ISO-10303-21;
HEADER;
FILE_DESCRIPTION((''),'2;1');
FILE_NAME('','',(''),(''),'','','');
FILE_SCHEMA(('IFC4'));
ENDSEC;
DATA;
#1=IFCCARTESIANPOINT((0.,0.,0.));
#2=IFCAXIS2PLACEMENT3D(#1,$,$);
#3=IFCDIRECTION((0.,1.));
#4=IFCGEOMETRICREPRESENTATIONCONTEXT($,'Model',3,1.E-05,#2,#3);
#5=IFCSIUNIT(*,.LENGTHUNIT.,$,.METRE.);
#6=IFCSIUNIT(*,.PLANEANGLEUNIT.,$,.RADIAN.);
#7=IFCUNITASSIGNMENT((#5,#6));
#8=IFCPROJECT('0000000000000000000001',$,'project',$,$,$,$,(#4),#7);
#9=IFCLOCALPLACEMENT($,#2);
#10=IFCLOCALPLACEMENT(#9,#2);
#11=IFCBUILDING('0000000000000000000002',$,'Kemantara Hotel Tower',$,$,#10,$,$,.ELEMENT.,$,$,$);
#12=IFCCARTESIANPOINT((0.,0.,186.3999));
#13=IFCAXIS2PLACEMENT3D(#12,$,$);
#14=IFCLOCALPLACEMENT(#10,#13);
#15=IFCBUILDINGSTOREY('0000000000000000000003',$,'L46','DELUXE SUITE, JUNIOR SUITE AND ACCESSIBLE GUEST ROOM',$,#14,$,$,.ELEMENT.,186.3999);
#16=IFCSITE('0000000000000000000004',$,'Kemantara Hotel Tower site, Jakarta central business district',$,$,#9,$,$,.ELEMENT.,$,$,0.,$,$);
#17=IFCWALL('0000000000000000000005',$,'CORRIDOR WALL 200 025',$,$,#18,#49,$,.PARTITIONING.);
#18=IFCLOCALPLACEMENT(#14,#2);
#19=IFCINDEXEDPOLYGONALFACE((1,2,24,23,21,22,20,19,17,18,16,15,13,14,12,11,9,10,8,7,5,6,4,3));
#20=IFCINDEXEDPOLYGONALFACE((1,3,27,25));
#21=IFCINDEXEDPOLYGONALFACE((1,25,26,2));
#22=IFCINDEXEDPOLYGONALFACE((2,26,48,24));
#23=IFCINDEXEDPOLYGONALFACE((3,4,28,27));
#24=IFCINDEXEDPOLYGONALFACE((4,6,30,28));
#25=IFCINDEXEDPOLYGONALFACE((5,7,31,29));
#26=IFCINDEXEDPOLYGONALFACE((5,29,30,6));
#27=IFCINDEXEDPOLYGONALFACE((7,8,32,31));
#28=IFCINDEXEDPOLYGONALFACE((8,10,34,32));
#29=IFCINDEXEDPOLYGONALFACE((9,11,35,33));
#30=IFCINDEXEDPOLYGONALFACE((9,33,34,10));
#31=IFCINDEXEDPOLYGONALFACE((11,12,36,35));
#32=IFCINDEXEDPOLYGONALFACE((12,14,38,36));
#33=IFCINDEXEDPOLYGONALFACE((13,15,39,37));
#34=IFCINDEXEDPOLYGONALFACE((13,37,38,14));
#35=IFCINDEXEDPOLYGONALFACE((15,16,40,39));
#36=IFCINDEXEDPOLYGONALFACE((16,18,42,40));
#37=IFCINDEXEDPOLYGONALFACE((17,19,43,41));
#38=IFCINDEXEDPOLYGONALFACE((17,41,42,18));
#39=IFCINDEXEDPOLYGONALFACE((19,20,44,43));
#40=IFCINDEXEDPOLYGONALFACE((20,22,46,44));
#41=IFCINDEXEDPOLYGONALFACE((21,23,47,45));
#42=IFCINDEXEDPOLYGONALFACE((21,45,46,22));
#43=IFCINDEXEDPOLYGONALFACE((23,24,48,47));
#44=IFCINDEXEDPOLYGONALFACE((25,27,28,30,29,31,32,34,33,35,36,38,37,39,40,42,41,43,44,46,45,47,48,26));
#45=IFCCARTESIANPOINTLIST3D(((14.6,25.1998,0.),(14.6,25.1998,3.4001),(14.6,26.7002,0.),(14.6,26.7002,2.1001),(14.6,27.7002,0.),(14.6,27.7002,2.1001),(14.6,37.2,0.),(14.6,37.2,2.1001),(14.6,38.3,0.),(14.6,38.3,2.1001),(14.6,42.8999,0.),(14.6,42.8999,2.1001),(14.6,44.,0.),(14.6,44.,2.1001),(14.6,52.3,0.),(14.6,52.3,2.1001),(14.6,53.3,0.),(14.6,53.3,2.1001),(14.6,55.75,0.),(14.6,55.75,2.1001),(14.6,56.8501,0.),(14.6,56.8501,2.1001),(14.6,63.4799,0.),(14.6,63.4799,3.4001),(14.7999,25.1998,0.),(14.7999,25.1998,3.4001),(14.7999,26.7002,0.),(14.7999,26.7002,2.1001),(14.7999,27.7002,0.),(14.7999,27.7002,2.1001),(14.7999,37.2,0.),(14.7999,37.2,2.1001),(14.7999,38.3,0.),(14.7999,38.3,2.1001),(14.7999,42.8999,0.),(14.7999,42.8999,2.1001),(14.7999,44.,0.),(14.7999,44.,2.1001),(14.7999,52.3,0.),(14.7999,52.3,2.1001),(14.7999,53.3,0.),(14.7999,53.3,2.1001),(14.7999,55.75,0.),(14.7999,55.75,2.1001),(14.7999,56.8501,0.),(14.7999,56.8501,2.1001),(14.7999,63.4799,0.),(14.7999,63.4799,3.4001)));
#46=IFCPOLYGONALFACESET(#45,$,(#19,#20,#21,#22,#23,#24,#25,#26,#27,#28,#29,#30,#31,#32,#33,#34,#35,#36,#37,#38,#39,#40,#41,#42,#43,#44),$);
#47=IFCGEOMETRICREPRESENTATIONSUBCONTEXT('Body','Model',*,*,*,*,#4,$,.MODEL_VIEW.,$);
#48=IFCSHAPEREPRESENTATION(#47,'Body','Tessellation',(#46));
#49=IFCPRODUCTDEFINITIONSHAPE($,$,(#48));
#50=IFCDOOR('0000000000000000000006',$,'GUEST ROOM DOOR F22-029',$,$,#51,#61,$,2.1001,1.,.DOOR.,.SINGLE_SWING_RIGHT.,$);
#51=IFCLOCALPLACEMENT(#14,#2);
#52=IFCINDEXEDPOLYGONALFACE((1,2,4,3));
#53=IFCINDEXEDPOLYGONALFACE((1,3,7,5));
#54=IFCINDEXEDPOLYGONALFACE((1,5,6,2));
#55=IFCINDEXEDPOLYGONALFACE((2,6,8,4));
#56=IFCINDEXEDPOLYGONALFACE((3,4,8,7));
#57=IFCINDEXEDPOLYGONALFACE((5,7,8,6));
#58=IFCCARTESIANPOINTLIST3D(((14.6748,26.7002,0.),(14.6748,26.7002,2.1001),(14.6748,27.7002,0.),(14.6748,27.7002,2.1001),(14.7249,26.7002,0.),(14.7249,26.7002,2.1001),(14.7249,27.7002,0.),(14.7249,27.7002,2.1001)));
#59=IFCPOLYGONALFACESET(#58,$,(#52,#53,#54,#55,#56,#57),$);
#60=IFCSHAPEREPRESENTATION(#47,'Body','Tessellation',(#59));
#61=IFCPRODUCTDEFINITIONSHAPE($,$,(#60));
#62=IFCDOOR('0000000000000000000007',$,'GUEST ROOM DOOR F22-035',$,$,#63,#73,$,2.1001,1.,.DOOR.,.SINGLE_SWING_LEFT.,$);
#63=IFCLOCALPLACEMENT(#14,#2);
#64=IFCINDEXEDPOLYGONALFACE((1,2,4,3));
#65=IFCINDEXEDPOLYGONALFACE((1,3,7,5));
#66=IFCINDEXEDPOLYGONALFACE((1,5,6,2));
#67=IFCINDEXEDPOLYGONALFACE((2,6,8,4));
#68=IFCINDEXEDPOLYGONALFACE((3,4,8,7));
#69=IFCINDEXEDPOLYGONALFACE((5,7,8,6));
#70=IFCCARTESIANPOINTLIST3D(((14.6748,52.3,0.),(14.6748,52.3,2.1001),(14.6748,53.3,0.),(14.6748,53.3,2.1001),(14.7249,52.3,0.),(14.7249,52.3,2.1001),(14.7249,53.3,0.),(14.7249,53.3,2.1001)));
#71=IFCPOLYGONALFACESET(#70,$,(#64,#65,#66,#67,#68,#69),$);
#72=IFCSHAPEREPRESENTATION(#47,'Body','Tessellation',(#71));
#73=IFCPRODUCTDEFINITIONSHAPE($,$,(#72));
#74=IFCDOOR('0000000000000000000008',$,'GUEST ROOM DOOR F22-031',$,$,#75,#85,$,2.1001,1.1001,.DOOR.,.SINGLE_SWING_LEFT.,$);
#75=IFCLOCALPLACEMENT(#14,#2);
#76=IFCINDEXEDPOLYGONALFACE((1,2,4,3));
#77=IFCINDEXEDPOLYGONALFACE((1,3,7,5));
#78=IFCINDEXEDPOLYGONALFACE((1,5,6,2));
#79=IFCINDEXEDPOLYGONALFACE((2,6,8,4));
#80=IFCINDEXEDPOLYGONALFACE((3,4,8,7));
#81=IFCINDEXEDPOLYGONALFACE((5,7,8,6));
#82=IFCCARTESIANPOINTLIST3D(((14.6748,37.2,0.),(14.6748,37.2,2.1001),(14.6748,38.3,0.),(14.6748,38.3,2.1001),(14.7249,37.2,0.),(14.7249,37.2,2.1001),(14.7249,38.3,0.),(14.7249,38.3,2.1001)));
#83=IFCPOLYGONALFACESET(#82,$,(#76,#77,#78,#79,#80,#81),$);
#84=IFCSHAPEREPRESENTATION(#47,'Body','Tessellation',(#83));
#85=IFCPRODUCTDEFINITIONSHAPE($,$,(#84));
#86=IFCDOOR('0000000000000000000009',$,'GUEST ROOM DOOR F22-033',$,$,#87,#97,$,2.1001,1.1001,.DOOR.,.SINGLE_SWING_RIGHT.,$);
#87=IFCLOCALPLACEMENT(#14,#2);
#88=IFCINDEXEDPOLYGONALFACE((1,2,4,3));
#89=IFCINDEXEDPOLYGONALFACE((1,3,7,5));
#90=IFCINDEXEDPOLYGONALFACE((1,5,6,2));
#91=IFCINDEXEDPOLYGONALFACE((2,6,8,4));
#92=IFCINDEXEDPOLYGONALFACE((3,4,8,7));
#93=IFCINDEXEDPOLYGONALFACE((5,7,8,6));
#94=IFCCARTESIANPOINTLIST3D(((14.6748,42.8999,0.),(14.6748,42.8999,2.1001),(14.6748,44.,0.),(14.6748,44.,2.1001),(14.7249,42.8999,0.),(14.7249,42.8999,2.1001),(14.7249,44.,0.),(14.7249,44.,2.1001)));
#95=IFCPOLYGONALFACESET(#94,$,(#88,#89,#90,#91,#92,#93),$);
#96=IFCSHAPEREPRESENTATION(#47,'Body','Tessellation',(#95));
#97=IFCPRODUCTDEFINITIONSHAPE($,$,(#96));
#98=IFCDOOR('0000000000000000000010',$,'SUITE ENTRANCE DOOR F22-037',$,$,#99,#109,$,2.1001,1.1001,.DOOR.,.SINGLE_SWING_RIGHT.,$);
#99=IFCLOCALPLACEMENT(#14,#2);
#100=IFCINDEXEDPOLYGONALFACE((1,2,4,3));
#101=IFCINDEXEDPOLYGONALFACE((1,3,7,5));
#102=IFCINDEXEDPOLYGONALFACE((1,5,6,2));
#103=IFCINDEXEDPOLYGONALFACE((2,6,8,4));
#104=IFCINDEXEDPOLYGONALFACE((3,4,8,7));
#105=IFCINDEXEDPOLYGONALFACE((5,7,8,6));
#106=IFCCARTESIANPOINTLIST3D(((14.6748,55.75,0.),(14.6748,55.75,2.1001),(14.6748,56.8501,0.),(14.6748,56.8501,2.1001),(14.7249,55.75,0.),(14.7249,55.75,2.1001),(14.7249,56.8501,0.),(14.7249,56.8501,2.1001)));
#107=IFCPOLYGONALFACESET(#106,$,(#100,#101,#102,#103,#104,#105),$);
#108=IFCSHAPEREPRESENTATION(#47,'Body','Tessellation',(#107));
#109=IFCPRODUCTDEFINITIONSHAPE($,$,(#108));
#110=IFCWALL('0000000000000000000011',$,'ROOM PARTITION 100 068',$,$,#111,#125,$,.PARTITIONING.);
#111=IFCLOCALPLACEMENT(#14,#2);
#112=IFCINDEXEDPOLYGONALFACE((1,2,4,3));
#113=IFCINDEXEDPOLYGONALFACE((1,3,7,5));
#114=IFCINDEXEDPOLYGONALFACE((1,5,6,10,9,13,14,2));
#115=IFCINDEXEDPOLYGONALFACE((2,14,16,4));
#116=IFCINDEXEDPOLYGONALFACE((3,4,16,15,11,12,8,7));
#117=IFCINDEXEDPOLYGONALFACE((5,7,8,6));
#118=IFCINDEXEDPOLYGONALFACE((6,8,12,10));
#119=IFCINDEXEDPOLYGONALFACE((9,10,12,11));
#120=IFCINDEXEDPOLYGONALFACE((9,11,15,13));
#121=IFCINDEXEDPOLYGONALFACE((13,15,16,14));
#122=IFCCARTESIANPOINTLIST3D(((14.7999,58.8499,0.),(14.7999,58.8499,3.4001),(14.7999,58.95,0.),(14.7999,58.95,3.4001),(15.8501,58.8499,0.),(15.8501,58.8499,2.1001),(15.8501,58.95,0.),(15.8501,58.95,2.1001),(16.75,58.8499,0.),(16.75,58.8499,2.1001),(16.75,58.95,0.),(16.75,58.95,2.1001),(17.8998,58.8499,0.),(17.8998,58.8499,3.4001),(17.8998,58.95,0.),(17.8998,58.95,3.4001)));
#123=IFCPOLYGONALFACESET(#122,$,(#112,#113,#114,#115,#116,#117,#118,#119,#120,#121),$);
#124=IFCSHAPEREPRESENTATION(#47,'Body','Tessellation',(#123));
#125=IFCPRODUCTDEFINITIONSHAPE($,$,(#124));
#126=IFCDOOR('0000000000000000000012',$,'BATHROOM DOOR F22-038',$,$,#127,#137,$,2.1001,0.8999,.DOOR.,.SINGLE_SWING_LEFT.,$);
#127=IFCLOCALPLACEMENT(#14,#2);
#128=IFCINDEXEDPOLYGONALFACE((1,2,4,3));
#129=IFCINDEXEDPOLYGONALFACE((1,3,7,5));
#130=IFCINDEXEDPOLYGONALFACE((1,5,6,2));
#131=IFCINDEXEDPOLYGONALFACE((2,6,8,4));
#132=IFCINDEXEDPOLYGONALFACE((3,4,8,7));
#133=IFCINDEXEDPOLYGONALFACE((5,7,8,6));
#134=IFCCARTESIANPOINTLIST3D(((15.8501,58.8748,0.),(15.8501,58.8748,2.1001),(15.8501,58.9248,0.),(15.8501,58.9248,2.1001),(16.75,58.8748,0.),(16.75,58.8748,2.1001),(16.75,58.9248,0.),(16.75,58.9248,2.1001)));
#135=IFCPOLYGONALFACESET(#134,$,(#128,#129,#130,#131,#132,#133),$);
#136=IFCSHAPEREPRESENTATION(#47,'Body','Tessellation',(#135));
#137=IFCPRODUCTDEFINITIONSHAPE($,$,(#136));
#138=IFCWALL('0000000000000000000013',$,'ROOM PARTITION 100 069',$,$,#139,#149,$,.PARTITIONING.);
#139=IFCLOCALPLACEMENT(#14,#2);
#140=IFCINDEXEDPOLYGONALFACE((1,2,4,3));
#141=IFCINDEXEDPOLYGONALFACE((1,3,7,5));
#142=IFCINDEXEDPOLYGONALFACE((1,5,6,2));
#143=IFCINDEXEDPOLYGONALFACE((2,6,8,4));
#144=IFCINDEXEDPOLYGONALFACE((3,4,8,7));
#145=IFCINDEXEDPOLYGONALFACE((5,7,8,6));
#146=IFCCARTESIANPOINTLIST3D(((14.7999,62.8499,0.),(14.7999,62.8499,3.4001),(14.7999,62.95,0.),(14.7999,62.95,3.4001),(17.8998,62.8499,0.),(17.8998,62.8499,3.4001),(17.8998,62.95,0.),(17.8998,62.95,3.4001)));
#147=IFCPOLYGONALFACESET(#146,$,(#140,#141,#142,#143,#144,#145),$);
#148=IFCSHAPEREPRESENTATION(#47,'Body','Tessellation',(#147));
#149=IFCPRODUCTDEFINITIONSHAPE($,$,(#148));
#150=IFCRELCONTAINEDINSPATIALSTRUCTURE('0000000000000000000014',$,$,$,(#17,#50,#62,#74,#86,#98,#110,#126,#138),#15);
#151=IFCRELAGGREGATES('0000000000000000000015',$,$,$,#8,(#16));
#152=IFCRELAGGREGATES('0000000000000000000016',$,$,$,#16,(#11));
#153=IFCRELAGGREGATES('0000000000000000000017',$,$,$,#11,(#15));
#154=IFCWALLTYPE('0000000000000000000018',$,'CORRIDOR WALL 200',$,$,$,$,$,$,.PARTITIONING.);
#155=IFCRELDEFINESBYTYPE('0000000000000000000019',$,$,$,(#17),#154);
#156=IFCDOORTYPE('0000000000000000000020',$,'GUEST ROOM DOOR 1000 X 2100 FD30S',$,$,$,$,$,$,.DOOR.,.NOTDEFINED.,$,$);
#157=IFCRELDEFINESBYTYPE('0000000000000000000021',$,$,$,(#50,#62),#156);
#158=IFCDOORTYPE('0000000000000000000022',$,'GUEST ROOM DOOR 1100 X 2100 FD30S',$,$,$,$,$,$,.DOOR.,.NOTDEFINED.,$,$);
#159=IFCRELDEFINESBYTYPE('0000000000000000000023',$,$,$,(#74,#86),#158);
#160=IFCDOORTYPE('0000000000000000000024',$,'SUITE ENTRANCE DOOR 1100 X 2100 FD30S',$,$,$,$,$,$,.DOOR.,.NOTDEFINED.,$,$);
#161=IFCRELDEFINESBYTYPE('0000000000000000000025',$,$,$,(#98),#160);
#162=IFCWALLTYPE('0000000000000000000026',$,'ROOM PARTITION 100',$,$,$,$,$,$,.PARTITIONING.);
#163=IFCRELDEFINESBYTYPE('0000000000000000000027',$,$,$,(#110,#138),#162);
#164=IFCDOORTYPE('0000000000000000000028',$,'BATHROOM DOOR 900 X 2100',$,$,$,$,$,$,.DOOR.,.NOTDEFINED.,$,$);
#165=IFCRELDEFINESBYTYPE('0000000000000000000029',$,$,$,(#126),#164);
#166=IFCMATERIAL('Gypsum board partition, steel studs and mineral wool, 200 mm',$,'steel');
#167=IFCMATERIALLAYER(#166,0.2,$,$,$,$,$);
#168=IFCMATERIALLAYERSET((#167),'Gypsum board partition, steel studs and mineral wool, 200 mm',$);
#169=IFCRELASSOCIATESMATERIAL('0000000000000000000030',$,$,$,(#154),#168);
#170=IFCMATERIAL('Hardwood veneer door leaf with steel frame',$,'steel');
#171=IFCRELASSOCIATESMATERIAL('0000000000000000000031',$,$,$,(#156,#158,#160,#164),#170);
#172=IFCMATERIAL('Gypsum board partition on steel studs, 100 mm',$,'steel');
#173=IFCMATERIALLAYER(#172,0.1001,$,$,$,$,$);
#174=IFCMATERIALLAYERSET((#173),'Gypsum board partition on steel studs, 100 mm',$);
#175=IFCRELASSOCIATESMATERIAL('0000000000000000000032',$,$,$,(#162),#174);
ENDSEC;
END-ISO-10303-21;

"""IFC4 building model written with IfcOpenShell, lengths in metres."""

from ifc_helpers import new_model, si_unit, direction, frame, frame_2d, origin, place, context, subcontext, project, spatial, rectangle, extrude, material, layer, layer_set, type_object, element, fill, save


model = new_model("IFC4")

# Units and contexts
model_context = context("Model", 3, precision=1e-05, world=origin(), true_north=direction((0.0, 1.0)))
body_context = subcontext(model_context, "Body", "Model", "MODEL_VIEW")
ifc_project = project(units=[si_unit("LENGTHUNIT", "METRE"), si_unit("PLANEANGLEUNIT", "RADIAN")], contexts=[model_context])

# Site, building, storey
site_placement = place(None, origin())
site = spatial("IfcSite", under=ifc_project, at=site_placement, Name="Kemantara Hotel Tower site, Jakarta central business district", CompositionType="ELEMENT", RefElevation=0.0)
building_placement = place(site_placement, origin())
building = spatial("IfcBuilding", under=site, at=building_placement, Name="Kemantara Hotel Tower", CompositionType="ELEMENT")
storey_placement = place(building_placement, frame((0.0, 0.0, 186.3999)))
storey = spatial("IfcBuildingStorey", under=building, at=storey_placement, Name="L46", Description="DELUXE SUITE, JUNIOR SUITE AND ACCESSIBLE GUEST ROOM", CompositionType="ELEMENT", Elevation=186.3999)

# Wall, openings, doors
ifc_material_1 = material(Name="Gypsum board partition, steel studs and mineral wool, 200 mm", Category="steel")
ifc_layer_1 = layer(ifc_material_1, 0.2)
ifc_layer_set_1 = layer_set([ifc_layer_1], Name="Gypsum board partition, steel studs and mineral wool, 200 mm")
wall_type_1 = type_object("IfcWallType", Name="CORRIDOR WALL 200", PredefinedType="PARTITIONING", material=ifc_layer_set_1)
wall_1_placement = place(storey_placement, frame((14.7, 63.48, 0.0), z_axis=(0.0, 0.0, 1.0), x_axis=(0.0, -1.0, 0.0)))
wall_1 = element("IfcWall", 1, at=wall_1_placement, inside=storey, type_object=wall_type_1, Name="CORRIDOR WALL 200 025", PredefinedType="PARTITIONING", context=body_context, shape_type="SweptSolid", body=[
    extrude(rectangle(XDim=38.28, YDim=0.2, at=frame_2d((19.1401, 0.0))), origin(), (0.0, 0.0, 1.0), 3.4001),
])
opening_1_placement = place(wall_1_placement, frame((35.7798, 0.0, 0.0)))
opening_1 = element("IfcOpeningElement", 2, at=opening_1_placement, cuts=wall_1, PredefinedType="OPENING", context=body_context, shape_type="SweptSolid", body=[
    extrude(rectangle(XDim=1.0, YDim=2.1001, at=frame_2d((0.5, 1.05))), frame((0.0, 0.1099, 0.0), z_axis=(0.0, -1.0, 0.0), x_axis=(1.0, 0.0, 0.0)), (0.0, 0.0, 1.0), 0.22),
])
opening_2_placement = place(wall_1_placement, frame((25.1799, 0.0, 0.0)))
opening_2 = element("IfcOpeningElement", 3, at=opening_2_placement, cuts=wall_1, PredefinedType="OPENING", context=body_context, shape_type="SweptSolid", body=[
    extrude(rectangle(XDim=1.1001, YDim=2.1001, at=frame_2d((0.55, 1.05))), frame((0.0, 0.1099, 0.0), z_axis=(0.0, -1.0, 0.0), x_axis=(1.0, 0.0, 0.0)), (0.0, 0.0, 1.0), 0.22),
])
opening_3_placement = place(wall_1_placement, frame((19.48, 0.0, 0.0)))
opening_3 = element("IfcOpeningElement", 4, at=opening_3_placement, cuts=wall_1, PredefinedType="OPENING", context=body_context, shape_type="SweptSolid", body=[
    extrude(rectangle(XDim=1.1001, YDim=2.1001, at=frame_2d((0.55, 1.05))), frame((0.0, 0.1099, 0.0), z_axis=(0.0, -1.0, 0.0), x_axis=(1.0, 0.0, 0.0)), (0.0, 0.0, 1.0), 0.22),
])
opening_4_placement = place(wall_1_placement, frame((10.1799, 0.0, 0.0)))
opening_4 = element("IfcOpeningElement", 5, at=opening_4_placement, cuts=wall_1, PredefinedType="OPENING", context=body_context, shape_type="SweptSolid", body=[
    extrude(rectangle(XDim=1.0, YDim=2.1001, at=frame_2d((0.5, 1.05))), frame((0.0, 0.1099, 0.0), z_axis=(0.0, -1.0, 0.0), x_axis=(1.0, 0.0, 0.0)), (0.0, 0.0, 1.0), 0.22),
])
opening_5_placement = place(wall_1_placement, frame((6.6299, 0.0, 0.0)))
opening_5 = element("IfcOpeningElement", 6, at=opening_5_placement, cuts=wall_1, PredefinedType="OPENING", context=body_context, shape_type="SweptSolid", body=[
    extrude(rectangle(XDim=1.1001, YDim=2.1001, at=frame_2d((0.55, 1.05))), frame((0.0, 0.1099, 0.0), z_axis=(0.0, -1.0, 0.0), x_axis=(1.0, 0.0, 0.0)), (0.0, 0.0, 1.0), 0.22),
])
ifc_material_2 = material(Name="Hardwood veneer door leaf with steel frame", Category="steel")
door_type_1 = type_object("IfcDoorType", Name="GUEST ROOM DOOR 1000 X 2100 FD30S", OperationType="NOTDEFINED", PredefinedType="DOOR", material=ifc_material_2)
door_1_placement = place(opening_1_placement, origin())
door_1 = element("IfcDoor", 7, at=door_1_placement, inside=storey, type_object=door_type_1, Name="GUEST ROOM DOOR F22-029", OperationType="SINGLE_SWING_RIGHT", OverallHeight=2.1001, OverallWidth=1.0, PredefinedType="DOOR", context=body_context, shape_type="SweptSolid", body=[
    extrude(rectangle(XDim=1.0, YDim=2.1001, at=frame_2d((0.5, 1.05))), frame((0.0, 0.0249, 0.0), z_axis=(0.0, -1.0, 0.0), x_axis=(1.0, 0.0, 0.0)), (0.0, 0.0, 1.0), 0.05),
])
fill(opening_1, door_1)
door_2_placement = place(opening_4_placement, origin())
door_2 = element("IfcDoor", 8, at=door_2_placement, inside=storey, type_object=door_type_1, Name="GUEST ROOM DOOR F22-035", OperationType="SINGLE_SWING_LEFT", OverallHeight=2.1001, OverallWidth=1.0, PredefinedType="DOOR", context=body_context, shape_type="SweptSolid", body=[
    extrude(rectangle(XDim=1.0, YDim=2.1001, at=frame_2d((0.5, 1.05))), frame((0.0, 0.0249, 0.0), z_axis=(0.0, -1.0, 0.0), x_axis=(1.0, 0.0, 0.0)), (0.0, 0.0, 1.0), 0.05),
])
fill(opening_4, door_2)
door_type_2 = type_object("IfcDoorType", Name="GUEST ROOM DOOR 1100 X 2100 FD30S", OperationType="NOTDEFINED", PredefinedType="DOOR", material=ifc_material_2)
door_3_placement = place(opening_2_placement, origin())
door_3 = element("IfcDoor", 9, at=door_3_placement, inside=storey, type_object=door_type_2, Name="GUEST ROOM DOOR F22-031", OperationType="SINGLE_SWING_LEFT", OverallHeight=2.1001, OverallWidth=1.1001, PredefinedType="DOOR", context=body_context, shape_type="SweptSolid", body=[
    extrude(rectangle(XDim=1.1001, YDim=2.1001, at=frame_2d((0.55, 1.05))), frame((0.0, 0.0249, 0.0), z_axis=(0.0, -1.0, 0.0), x_axis=(1.0, 0.0, 0.0)), (0.0, 0.0, 1.0), 0.05),
])
fill(opening_2, door_3)
door_4_placement = place(opening_3_placement, origin())
door_4 = element("IfcDoor", 10, at=door_4_placement, inside=storey, type_object=door_type_2, Name="GUEST ROOM DOOR F22-033", OperationType="SINGLE_SWING_RIGHT", OverallHeight=2.1001, OverallWidth=1.1001, PredefinedType="DOOR", context=body_context, shape_type="SweptSolid", body=[
    extrude(rectangle(XDim=1.1001, YDim=2.1001, at=frame_2d((0.55, 1.05))), frame((0.0, 0.0249, 0.0), z_axis=(0.0, -1.0, 0.0), x_axis=(1.0, 0.0, 0.0)), (0.0, 0.0, 1.0), 0.05),
])
fill(opening_3, door_4)
door_type_3 = type_object("IfcDoorType", Name="SUITE ENTRANCE DOOR 1100 X 2100 FD30S", OperationType="NOTDEFINED", PredefinedType="DOOR", material=ifc_material_2)
door_5_placement = place(opening_5_placement, origin())
door_5 = element("IfcDoor", 11, at=door_5_placement, inside=storey, type_object=door_type_3, Name="SUITE ENTRANCE DOOR F22-037", OperationType="SINGLE_SWING_RIGHT", OverallHeight=2.1001, OverallWidth=1.1001, PredefinedType="DOOR", context=body_context, shape_type="SweptSolid", body=[
    extrude(rectangle(XDim=1.1001, YDim=2.1001, at=frame_2d((0.55, 1.05))), frame((0.0, 0.0249, 0.0), z_axis=(0.0, -1.0, 0.0), x_axis=(1.0, 0.0, 0.0)), (0.0, 0.0, 1.0), 0.05),
])
fill(opening_5, door_5)

# Wall, opening, door
ifc_material_3 = material(Name="Gypsum board partition on steel studs, 100 mm", Category="steel")
ifc_layer_2 = layer(ifc_material_3, 0.1001)
ifc_layer_set_2 = layer_set([ifc_layer_2], Name="Gypsum board partition on steel studs, 100 mm")
wall_type_2 = type_object("IfcWallType", Name="ROOM PARTITION 100", PredefinedType="PARTITIONING", material=ifc_layer_set_2)
wall_2_placement = place(storey_placement, frame((14.8, 58.8999, 0.0), z_axis=(0.0, 0.0, 1.0), x_axis=(1.0, 0.0, 0.0)))
wall_2 = element("IfcWall", 12, at=wall_2_placement, inside=storey, type_object=wall_type_2, Name="ROOM PARTITION 100 068", PredefinedType="PARTITIONING", context=body_context, shape_type="SweptSolid", body=[
    extrude(rectangle(XDim=3.0999, YDim=0.1001, at=frame_2d((1.5498, 0.0))), origin(), (0.0, 0.0, 1.0), 3.4001),
])
opening_6_placement = place(wall_2_placement, frame((1.05, 0.0, 0.0)))
opening_6 = element("IfcOpeningElement", 13, at=opening_6_placement, cuts=wall_2, PredefinedType="OPENING", context=body_context, shape_type="SweptSolid", body=[
    extrude(rectangle(XDim=0.8999, YDim=2.1001, at=frame_2d((0.45, 1.05))), frame((0.0, 0.0601, 0.0), z_axis=(0.0, -1.0, 0.0), x_axis=(1.0, 0.0, 0.0)), (0.0, 0.0, 1.0), 0.1201),
])
door_type_4 = type_object("IfcDoorType", Name="BATHROOM DOOR 900 X 2100", OperationType="NOTDEFINED", PredefinedType="DOOR", material=ifc_material_2)
door_6_placement = place(opening_6_placement, origin())
door_6 = element("IfcDoor", 14, at=door_6_placement, inside=storey, type_object=door_type_4, Name="BATHROOM DOOR F22-038", OperationType="SINGLE_SWING_LEFT", OverallHeight=2.1001, OverallWidth=0.8999, PredefinedType="DOOR", context=body_context, shape_type="SweptSolid", body=[
    extrude(rectangle(XDim=0.8999, YDim=2.1001, at=frame_2d((0.45, 1.05))), frame((0.0, 0.0249, 0.0), z_axis=(0.0, -1.0, 0.0), x_axis=(1.0, 0.0, 0.0)), (0.0, 0.0, 1.0), 0.05),
])
fill(opening_6, door_6)

# Wall
wall_3_placement = place(storey_placement, frame((14.8, 62.8999, 0.0), z_axis=(0.0, 0.0, 1.0), x_axis=(1.0, 0.0, 0.0)))
element("IfcWall", 15, at=wall_3_placement, inside=storey, type_object=wall_type_2, Name="ROOM PARTITION 100 069", PredefinedType="PARTITIONING", context=body_context, shape_type="SweptSolid", body=[
    extrude(rectangle(XDim=3.0999, YDim=0.1001, at=frame_2d((1.5498, 0.0))), origin(), (0.0, 0.0, 1.0), 3.4001),
])

save(model, "model.ifc")
